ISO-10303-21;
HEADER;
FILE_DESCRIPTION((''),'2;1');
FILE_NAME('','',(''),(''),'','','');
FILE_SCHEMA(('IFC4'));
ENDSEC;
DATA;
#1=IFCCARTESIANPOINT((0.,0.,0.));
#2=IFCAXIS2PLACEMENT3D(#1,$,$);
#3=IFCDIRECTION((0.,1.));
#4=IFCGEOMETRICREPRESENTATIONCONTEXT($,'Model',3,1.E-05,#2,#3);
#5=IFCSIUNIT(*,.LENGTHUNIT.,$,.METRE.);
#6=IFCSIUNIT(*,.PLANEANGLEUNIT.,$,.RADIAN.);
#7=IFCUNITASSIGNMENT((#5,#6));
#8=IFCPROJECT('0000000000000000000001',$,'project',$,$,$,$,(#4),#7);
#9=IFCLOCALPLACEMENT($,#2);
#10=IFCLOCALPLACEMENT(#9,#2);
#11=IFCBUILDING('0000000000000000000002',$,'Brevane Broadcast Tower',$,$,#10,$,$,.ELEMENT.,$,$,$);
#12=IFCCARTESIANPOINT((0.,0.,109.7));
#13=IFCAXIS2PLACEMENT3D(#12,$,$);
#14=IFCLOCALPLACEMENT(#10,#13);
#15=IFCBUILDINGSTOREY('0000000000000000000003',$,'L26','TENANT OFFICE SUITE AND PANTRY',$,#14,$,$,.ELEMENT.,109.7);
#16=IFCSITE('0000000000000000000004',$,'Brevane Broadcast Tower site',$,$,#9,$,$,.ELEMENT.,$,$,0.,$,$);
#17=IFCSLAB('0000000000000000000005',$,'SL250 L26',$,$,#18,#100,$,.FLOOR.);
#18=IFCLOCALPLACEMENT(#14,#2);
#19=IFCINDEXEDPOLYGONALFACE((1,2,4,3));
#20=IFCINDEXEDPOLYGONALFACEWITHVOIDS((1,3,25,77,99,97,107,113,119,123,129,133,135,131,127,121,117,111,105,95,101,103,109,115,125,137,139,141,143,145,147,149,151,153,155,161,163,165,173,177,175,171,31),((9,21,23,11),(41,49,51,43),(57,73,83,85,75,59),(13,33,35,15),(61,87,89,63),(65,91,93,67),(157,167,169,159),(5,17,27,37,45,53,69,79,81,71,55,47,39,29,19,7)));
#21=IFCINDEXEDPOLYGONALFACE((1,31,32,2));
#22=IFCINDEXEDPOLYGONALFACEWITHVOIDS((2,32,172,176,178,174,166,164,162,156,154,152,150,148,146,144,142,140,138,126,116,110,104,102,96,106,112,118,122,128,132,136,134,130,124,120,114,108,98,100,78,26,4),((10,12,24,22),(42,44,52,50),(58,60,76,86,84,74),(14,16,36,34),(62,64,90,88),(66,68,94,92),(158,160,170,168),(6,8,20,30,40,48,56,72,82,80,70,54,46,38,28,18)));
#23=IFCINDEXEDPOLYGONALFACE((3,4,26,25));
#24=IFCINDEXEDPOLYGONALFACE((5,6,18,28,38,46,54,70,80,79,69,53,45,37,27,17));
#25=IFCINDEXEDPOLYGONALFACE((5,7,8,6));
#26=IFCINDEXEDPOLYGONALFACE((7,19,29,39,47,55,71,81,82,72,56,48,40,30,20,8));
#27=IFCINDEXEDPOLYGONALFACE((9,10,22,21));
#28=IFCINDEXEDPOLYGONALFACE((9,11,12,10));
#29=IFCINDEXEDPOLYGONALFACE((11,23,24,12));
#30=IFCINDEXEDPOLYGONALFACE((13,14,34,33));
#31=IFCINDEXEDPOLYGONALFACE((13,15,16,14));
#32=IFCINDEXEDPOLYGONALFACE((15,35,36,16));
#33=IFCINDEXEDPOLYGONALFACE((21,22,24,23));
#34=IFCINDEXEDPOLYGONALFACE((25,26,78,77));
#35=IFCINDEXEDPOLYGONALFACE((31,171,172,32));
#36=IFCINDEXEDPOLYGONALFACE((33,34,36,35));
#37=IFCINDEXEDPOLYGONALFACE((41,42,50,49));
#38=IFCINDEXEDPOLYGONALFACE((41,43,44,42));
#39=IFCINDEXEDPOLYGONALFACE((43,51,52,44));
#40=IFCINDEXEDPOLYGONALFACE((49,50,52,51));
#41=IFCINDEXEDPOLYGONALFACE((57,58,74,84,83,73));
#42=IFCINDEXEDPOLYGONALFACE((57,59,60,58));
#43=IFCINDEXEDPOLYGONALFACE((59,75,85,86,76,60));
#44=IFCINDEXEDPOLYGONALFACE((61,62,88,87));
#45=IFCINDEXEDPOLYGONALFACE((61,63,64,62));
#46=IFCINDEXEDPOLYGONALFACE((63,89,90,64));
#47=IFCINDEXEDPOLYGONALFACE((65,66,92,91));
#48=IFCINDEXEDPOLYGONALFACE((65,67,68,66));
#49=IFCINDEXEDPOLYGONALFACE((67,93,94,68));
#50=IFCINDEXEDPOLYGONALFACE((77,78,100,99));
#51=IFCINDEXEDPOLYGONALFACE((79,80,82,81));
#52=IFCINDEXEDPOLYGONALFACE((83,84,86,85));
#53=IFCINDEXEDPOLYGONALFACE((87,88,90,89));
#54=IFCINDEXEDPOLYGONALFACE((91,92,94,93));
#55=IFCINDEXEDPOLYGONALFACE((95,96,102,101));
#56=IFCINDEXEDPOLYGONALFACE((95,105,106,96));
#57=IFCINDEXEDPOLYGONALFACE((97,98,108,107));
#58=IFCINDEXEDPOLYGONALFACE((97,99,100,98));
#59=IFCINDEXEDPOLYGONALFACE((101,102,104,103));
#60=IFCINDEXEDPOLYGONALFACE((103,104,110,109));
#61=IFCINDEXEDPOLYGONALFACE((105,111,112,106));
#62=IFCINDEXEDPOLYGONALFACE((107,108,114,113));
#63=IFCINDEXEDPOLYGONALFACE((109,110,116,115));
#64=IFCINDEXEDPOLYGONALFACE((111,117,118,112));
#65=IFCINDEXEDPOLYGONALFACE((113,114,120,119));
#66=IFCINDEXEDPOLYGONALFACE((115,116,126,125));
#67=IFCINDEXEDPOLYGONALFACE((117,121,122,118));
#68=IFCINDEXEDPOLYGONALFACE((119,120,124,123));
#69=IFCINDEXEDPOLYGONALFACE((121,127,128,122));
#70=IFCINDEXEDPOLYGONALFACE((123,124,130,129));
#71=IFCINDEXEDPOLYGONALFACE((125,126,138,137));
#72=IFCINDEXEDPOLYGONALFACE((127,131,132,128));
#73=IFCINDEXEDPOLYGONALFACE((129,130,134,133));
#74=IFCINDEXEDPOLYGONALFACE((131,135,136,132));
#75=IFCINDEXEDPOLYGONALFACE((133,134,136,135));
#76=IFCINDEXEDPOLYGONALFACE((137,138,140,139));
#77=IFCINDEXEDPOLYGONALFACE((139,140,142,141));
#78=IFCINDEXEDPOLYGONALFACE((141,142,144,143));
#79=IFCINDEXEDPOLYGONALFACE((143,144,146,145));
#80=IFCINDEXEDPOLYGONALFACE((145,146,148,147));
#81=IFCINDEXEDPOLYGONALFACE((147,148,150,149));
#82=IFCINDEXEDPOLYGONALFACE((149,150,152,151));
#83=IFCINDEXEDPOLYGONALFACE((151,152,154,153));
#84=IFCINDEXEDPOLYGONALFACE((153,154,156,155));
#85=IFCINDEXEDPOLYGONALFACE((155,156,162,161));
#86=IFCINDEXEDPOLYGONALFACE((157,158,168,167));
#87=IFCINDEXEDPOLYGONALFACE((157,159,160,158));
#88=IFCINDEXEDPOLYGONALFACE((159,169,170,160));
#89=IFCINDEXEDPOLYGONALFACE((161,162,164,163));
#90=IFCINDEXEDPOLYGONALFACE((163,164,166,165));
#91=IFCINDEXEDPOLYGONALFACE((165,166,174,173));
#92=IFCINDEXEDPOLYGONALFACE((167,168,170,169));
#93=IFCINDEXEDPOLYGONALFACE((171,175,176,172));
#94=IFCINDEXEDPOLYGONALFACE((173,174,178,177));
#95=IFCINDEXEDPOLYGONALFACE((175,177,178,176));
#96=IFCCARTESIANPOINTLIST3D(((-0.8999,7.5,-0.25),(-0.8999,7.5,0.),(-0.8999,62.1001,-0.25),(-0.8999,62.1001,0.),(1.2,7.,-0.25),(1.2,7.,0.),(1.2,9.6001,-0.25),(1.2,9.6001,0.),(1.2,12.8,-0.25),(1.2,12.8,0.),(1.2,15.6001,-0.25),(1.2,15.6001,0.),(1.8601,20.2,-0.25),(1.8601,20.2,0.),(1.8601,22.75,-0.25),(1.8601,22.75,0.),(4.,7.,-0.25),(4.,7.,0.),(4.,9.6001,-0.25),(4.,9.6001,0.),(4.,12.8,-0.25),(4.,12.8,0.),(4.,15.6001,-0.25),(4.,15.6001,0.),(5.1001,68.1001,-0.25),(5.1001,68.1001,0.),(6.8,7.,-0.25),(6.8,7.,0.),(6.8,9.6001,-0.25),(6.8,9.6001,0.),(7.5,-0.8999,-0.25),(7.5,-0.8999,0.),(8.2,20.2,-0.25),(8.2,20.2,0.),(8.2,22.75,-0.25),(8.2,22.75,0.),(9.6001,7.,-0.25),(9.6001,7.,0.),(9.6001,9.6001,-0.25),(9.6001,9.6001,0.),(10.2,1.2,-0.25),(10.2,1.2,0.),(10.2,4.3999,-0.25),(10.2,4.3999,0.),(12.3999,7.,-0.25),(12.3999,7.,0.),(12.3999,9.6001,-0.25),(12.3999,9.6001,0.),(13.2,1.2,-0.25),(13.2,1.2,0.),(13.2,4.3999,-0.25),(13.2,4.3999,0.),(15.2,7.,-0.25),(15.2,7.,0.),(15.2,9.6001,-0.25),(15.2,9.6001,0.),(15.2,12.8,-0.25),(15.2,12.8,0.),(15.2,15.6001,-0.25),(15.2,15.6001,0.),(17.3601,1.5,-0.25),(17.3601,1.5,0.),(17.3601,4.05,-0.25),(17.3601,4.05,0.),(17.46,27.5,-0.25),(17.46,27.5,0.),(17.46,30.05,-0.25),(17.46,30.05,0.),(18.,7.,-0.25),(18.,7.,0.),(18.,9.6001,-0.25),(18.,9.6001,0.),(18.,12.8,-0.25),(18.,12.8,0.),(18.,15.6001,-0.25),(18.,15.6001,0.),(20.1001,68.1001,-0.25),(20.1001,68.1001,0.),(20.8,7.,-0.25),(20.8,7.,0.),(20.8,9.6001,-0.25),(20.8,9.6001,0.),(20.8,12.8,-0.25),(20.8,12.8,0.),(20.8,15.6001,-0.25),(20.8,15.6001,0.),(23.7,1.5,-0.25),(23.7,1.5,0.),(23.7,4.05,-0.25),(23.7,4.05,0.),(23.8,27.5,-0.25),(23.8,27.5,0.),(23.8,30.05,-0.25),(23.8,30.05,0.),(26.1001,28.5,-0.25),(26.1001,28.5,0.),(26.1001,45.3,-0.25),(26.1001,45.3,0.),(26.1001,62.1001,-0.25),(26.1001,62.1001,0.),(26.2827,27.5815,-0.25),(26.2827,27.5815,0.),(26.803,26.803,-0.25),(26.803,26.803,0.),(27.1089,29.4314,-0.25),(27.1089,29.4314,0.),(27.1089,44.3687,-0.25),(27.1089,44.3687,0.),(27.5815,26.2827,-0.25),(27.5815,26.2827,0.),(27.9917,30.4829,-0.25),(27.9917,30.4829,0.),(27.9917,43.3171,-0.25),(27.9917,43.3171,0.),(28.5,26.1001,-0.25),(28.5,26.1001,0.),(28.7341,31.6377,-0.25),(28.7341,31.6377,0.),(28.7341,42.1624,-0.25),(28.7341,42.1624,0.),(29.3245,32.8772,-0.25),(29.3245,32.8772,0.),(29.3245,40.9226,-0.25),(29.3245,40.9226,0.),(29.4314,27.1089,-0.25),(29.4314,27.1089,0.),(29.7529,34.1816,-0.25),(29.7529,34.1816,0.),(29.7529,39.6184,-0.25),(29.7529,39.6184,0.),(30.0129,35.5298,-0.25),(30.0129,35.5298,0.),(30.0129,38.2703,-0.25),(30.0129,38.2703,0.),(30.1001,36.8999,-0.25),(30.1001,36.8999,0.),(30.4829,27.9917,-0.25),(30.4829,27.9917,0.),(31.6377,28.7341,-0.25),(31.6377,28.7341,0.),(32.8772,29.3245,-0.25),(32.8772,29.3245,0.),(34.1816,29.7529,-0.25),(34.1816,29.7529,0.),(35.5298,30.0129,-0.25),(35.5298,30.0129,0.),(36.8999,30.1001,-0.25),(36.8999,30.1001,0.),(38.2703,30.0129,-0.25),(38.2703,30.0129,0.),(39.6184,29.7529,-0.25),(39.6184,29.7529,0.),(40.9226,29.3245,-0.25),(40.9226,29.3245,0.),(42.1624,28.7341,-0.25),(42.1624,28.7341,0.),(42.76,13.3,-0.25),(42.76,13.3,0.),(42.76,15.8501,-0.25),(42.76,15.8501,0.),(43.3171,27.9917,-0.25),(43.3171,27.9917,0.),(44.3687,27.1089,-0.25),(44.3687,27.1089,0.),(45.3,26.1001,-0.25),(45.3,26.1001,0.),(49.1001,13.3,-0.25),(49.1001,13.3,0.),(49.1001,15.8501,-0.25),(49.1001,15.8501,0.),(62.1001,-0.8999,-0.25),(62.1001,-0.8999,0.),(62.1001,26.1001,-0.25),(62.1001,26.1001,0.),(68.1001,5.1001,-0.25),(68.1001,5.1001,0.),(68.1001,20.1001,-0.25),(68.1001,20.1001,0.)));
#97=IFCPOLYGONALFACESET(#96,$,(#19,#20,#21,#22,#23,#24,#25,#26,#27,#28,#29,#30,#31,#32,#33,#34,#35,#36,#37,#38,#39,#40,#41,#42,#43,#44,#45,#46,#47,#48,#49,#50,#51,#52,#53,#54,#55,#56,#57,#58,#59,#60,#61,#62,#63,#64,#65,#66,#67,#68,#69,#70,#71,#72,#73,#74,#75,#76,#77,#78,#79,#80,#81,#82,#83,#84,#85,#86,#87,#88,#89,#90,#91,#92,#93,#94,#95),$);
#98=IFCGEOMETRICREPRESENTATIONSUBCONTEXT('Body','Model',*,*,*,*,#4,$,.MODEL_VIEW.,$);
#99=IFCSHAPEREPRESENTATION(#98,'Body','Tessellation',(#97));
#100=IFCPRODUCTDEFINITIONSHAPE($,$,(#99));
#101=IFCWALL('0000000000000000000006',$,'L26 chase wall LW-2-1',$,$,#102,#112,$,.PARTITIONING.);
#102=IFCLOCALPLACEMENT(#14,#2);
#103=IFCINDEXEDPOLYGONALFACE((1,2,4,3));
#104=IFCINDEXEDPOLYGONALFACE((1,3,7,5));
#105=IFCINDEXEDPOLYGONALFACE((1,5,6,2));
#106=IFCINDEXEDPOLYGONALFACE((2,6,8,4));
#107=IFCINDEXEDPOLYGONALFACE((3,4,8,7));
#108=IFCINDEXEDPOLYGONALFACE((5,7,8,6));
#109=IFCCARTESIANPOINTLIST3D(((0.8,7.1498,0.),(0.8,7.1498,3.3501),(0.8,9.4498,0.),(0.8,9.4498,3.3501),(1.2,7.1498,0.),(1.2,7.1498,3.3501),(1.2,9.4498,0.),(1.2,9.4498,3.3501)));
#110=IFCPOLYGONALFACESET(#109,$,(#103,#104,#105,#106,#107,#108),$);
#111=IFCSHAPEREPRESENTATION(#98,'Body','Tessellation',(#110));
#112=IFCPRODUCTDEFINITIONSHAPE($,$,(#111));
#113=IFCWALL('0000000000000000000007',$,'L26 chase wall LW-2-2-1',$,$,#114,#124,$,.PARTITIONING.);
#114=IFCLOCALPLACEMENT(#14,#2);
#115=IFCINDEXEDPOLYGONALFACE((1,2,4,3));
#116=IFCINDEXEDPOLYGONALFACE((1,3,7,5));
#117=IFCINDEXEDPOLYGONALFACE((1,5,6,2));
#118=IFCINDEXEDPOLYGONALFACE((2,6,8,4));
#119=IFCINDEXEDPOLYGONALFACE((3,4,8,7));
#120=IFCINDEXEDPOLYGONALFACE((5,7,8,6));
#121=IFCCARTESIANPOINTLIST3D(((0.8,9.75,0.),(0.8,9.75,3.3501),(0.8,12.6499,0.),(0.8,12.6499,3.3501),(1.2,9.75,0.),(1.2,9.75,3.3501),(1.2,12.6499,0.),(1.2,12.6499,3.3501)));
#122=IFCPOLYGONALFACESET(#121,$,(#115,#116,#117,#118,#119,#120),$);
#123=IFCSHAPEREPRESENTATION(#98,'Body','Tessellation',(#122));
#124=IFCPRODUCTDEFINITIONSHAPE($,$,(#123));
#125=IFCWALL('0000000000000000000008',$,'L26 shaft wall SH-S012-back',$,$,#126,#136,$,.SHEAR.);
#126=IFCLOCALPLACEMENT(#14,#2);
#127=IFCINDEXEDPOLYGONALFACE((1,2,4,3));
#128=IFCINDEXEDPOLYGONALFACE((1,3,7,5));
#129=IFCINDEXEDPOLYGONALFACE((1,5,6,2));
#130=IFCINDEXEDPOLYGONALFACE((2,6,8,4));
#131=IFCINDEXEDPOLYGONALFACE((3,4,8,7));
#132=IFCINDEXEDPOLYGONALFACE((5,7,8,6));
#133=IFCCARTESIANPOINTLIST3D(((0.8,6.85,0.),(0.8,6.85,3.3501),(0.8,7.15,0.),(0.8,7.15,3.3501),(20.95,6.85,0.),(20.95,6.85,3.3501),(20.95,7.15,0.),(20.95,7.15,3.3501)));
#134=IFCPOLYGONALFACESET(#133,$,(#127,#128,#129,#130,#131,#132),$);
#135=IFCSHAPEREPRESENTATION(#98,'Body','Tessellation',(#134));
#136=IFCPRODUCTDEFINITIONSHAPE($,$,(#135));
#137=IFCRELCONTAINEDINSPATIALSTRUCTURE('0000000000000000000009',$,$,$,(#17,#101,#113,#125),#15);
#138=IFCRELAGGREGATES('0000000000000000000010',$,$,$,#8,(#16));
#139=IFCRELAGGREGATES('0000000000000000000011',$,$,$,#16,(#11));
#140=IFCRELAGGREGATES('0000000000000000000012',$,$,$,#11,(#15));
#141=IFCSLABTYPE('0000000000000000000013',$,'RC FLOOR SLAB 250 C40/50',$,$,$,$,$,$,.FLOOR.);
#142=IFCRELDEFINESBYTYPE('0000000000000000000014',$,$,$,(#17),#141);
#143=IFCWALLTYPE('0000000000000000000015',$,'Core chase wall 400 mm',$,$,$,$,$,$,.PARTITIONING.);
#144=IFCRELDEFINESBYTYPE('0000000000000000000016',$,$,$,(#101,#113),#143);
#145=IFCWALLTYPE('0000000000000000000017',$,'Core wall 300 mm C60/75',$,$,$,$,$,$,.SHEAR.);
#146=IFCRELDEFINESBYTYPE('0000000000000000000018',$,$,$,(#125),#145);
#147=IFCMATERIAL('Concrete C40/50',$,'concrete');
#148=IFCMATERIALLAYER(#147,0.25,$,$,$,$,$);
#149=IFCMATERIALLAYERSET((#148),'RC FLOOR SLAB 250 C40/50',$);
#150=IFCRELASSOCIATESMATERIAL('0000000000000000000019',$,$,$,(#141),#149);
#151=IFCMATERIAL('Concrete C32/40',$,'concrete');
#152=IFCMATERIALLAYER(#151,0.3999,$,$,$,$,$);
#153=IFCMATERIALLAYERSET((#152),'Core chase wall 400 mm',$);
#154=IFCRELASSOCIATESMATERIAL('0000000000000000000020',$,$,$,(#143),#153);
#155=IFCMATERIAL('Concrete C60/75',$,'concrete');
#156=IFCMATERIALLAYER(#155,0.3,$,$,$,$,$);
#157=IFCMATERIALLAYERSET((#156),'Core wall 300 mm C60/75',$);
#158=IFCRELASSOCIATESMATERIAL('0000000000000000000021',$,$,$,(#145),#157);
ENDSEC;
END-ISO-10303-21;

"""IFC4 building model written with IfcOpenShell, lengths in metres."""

from ifc_helpers import new_model, si_unit, direction, frame, frame_2d, origin, place, context, subcontext, project, spatial, polyline, rectangle, outline, extrude, material, layer, layer_set, type_object, element, save


model = new_model("IFC4")

# Units and contexts
model_context = context("Model", 3, precision=1e-05, world=origin(), true_north=direction((0.0, 1.0)))
body_context = subcontext(model_context, "Body", "Model", "MODEL_VIEW")
ifc_project = project(units=[si_unit("LENGTHUNIT", "METRE"), si_unit("PLANEANGLEUNIT", "RADIAN")], contexts=[model_context])

# Site, building, storey
site_placement = place(None, origin())
site = spatial("IfcSite", under=ifc_project, at=site_placement, Name="Brevane Broadcast Tower site", CompositionType="ELEMENT", RefElevation=0.0)
building_placement = place(site_placement, origin())
building = spatial("IfcBuilding", under=site, at=building_placement, Name="Brevane Broadcast Tower", CompositionType="ELEMENT")
storey_placement = place(building_placement, frame((0.0, 0.0, 109.7)))
storey = spatial("IfcBuildingStorey", under=building, at=storey_placement, Name="L26", Description="TENANT OFFICE SUITE AND PANTRY", CompositionType="ELEMENT", Elevation=109.7)

# Slab
ifc_material_1 = material(Name="Concrete C40/50", Category="concrete")
ifc_layer_1 = layer(ifc_material_1, 0.25)
ifc_layer_set_1 = layer_set([ifc_layer_1], Name="RC FLOOR SLAB 250 C40/50")
slab_type_1 = type_object("IfcSlabType", Name="RC FLOOR SLAB 250 C40/50", PredefinedType="FLOOR", material=ifc_layer_set_1)
slab_1_placement = place(storey_placement, frame((0.0, 0.0, -0.25)))
element("IfcSlab", 1, at=slab_1_placement, inside=storey, type_object=slab_type_1, Name="SL250 L26", PredefinedType="FLOOR", context=body_context, shape_type="SweptSolid", body=[
    extrude(outline(polyline([(-0.8999, 7.5), (-0.8999, 62.1001), (5.1001, 68.1001), (20.1001, 68.1001), (26.1001, 62.1001), (26.1001, 45.3), (27.1089, 44.3687), (27.9917, 43.3171), (28.7341, 42.1624), (29.3245, 40.9226), (29.7529, 39.6184), (30.0129, 38.2703), (30.1001, 36.8999), (30.0129, 35.5298), (29.7529, 34.1816), (29.3245, 32.8772), (28.7341, 31.6377), (27.9917, 30.4829), (27.1089, 29.4314), (26.1001, 28.5), (26.2827, 27.5815), (26.803, 26.803), (27.5815, 26.2827), (28.5, 26.1001), (29.4314, 27.1089), (30.4829, 27.9917), (31.6377, 28.7341), (32.8772, 29.3245), (34.1816, 29.7529), (35.5298, 30.0129), (36.8999, 30.1001), (38.2703, 30.0129), (39.6184, 29.7529), (40.9226, 29.3245), (42.1624, 28.7341), (43.3171, 27.9917), (44.3687, 27.1089), (45.3, 26.1001), (62.1001, 26.1001), (68.1001, 20.1001), (68.1001, 5.1001), (62.1001, -0.8999), (7.5, -0.8999), (-0.8999, 7.5)]), holes=[polyline([(13.2, 4.3999), (10.2, 4.3999), (10.2, 1.2), (13.2, 1.2), (13.2, 4.3999)]), polyline([(4.0, 9.6001), (1.2, 9.6001), (1.2, 7.0), (4.0, 7.0), (6.8, 7.0), (9.6001, 7.0), (12.3999, 7.0), (15.2, 7.0), (18.0, 7.0), (20.8, 7.0), (20.8, 9.6001), (18.0, 9.6001), (15.2, 9.6001), (12.3999, 9.6001), (9.6001, 9.6001), (6.8, 9.6001), (4.0, 9.6001)]), polyline([(4.0, 12.8), (4.0, 15.6001), (1.2, 15.6001), (1.2, 12.8), (4.0, 12.8)]), polyline([(8.2, 22.75), (1.8601, 22.75), (1.8601, 20.2), (8.2, 20.2), (8.2, 22.75)]), polyline([(23.7, 4.05), (17.3601, 4.05), (17.3601, 1.5), (23.7, 1.5), (23.7, 4.05)]), polyline([(18.0, 15.6001), (15.2, 15.6001), (15.2, 12.8), (18.0, 12.8), (20.8, 12.8), (20.8, 15.6001), (18.0, 15.6001)]), polyline([(49.1001, 15.8501), (42.76, 15.8501), (42.76, 13.3), (49.1001, 13.3), (49.1001, 15.8501)]), polyline([(23.8, 30.05), (17.46, 30.05), (17.46, 27.5), (23.8, 27.5), (23.8, 30.05)])]), origin(), (0.0, 0.0, 1.0), 0.25),
])

# Walls
ifc_material_2 = material(Name="Concrete C32/40", Category="concrete")
ifc_layer_2 = layer(ifc_material_2, 0.3999)
ifc_layer_set_2 = layer_set([ifc_layer_2], Name="Core chase wall 400 mm")
wall_type_1 = type_object("IfcWallType", Name="Core chase wall 400 mm", PredefinedType="PARTITIONING", material=ifc_layer_set_2)
wall_1_placement = place(storey_placement, frame((1.0, 7.1499, 0.0), z_axis=(0.0, 0.0, 1.0), x_axis=(0.0, 1.0, 0.0)))
element("IfcWall", 2, at=wall_1_placement, inside=storey, type_object=wall_type_1, Name="L26 chase wall LW-2-1", PredefinedType="PARTITIONING", context=body_context, shape_type="SweptSolid", body=[
    extrude(rectangle(XDim=2.3, YDim=0.3999, at=frame_2d((1.1499, 0.0))), origin(), (0.0, 0.0, 1.0), 3.3501),
])
wall_2_placement = place(storey_placement, frame((1.0, 9.75, 0.0), z_axis=(0.0, 0.0, 1.0), x_axis=(0.0, 1.0, 0.0)))
element("IfcWall", 3, at=wall_2_placement, inside=storey, type_object=wall_type_1, Name="L26 chase wall LW-2-2-1", PredefinedType="PARTITIONING", context=body_context, shape_type="SweptSolid", body=[
    extrude(rectangle(XDim=2.8999, YDim=0.3999, at=frame_2d((1.45, 0.0))), origin(), (0.0, 0.0, 1.0), 3.3501),
])
ifc_material_3 = material(Name="Concrete C60/75", Category="concrete")
ifc_layer_3 = layer(ifc_material_3, 0.3)
ifc_layer_set_3 = layer_set([ifc_layer_3], Name="Core wall 300 mm C60/75")
wall_type_2 = type_object("IfcWallType", Name="Core wall 300 mm C60/75", PredefinedType="SHEAR", material=ifc_layer_set_3)
wall_3_placement = place(storey_placement, frame((0.8, 7.0, 0.0), z_axis=(0.0, 0.0, 1.0), x_axis=(1.0, 0.0, 0.0)))
element("IfcWall", 4, at=wall_3_placement, inside=storey, type_object=wall_type_2, Name="L26 shaft wall SH-S012-back", PredefinedType="SHEAR", context=body_context, shape_type="SweptSolid", body=[
    extrude(rectangle(XDim=20.1499, YDim=0.3, at=frame_2d((10.075, 0.0))), origin(), (0.0, 0.0, 1.0), 3.3501),
])

save(model, "model.ifc")
